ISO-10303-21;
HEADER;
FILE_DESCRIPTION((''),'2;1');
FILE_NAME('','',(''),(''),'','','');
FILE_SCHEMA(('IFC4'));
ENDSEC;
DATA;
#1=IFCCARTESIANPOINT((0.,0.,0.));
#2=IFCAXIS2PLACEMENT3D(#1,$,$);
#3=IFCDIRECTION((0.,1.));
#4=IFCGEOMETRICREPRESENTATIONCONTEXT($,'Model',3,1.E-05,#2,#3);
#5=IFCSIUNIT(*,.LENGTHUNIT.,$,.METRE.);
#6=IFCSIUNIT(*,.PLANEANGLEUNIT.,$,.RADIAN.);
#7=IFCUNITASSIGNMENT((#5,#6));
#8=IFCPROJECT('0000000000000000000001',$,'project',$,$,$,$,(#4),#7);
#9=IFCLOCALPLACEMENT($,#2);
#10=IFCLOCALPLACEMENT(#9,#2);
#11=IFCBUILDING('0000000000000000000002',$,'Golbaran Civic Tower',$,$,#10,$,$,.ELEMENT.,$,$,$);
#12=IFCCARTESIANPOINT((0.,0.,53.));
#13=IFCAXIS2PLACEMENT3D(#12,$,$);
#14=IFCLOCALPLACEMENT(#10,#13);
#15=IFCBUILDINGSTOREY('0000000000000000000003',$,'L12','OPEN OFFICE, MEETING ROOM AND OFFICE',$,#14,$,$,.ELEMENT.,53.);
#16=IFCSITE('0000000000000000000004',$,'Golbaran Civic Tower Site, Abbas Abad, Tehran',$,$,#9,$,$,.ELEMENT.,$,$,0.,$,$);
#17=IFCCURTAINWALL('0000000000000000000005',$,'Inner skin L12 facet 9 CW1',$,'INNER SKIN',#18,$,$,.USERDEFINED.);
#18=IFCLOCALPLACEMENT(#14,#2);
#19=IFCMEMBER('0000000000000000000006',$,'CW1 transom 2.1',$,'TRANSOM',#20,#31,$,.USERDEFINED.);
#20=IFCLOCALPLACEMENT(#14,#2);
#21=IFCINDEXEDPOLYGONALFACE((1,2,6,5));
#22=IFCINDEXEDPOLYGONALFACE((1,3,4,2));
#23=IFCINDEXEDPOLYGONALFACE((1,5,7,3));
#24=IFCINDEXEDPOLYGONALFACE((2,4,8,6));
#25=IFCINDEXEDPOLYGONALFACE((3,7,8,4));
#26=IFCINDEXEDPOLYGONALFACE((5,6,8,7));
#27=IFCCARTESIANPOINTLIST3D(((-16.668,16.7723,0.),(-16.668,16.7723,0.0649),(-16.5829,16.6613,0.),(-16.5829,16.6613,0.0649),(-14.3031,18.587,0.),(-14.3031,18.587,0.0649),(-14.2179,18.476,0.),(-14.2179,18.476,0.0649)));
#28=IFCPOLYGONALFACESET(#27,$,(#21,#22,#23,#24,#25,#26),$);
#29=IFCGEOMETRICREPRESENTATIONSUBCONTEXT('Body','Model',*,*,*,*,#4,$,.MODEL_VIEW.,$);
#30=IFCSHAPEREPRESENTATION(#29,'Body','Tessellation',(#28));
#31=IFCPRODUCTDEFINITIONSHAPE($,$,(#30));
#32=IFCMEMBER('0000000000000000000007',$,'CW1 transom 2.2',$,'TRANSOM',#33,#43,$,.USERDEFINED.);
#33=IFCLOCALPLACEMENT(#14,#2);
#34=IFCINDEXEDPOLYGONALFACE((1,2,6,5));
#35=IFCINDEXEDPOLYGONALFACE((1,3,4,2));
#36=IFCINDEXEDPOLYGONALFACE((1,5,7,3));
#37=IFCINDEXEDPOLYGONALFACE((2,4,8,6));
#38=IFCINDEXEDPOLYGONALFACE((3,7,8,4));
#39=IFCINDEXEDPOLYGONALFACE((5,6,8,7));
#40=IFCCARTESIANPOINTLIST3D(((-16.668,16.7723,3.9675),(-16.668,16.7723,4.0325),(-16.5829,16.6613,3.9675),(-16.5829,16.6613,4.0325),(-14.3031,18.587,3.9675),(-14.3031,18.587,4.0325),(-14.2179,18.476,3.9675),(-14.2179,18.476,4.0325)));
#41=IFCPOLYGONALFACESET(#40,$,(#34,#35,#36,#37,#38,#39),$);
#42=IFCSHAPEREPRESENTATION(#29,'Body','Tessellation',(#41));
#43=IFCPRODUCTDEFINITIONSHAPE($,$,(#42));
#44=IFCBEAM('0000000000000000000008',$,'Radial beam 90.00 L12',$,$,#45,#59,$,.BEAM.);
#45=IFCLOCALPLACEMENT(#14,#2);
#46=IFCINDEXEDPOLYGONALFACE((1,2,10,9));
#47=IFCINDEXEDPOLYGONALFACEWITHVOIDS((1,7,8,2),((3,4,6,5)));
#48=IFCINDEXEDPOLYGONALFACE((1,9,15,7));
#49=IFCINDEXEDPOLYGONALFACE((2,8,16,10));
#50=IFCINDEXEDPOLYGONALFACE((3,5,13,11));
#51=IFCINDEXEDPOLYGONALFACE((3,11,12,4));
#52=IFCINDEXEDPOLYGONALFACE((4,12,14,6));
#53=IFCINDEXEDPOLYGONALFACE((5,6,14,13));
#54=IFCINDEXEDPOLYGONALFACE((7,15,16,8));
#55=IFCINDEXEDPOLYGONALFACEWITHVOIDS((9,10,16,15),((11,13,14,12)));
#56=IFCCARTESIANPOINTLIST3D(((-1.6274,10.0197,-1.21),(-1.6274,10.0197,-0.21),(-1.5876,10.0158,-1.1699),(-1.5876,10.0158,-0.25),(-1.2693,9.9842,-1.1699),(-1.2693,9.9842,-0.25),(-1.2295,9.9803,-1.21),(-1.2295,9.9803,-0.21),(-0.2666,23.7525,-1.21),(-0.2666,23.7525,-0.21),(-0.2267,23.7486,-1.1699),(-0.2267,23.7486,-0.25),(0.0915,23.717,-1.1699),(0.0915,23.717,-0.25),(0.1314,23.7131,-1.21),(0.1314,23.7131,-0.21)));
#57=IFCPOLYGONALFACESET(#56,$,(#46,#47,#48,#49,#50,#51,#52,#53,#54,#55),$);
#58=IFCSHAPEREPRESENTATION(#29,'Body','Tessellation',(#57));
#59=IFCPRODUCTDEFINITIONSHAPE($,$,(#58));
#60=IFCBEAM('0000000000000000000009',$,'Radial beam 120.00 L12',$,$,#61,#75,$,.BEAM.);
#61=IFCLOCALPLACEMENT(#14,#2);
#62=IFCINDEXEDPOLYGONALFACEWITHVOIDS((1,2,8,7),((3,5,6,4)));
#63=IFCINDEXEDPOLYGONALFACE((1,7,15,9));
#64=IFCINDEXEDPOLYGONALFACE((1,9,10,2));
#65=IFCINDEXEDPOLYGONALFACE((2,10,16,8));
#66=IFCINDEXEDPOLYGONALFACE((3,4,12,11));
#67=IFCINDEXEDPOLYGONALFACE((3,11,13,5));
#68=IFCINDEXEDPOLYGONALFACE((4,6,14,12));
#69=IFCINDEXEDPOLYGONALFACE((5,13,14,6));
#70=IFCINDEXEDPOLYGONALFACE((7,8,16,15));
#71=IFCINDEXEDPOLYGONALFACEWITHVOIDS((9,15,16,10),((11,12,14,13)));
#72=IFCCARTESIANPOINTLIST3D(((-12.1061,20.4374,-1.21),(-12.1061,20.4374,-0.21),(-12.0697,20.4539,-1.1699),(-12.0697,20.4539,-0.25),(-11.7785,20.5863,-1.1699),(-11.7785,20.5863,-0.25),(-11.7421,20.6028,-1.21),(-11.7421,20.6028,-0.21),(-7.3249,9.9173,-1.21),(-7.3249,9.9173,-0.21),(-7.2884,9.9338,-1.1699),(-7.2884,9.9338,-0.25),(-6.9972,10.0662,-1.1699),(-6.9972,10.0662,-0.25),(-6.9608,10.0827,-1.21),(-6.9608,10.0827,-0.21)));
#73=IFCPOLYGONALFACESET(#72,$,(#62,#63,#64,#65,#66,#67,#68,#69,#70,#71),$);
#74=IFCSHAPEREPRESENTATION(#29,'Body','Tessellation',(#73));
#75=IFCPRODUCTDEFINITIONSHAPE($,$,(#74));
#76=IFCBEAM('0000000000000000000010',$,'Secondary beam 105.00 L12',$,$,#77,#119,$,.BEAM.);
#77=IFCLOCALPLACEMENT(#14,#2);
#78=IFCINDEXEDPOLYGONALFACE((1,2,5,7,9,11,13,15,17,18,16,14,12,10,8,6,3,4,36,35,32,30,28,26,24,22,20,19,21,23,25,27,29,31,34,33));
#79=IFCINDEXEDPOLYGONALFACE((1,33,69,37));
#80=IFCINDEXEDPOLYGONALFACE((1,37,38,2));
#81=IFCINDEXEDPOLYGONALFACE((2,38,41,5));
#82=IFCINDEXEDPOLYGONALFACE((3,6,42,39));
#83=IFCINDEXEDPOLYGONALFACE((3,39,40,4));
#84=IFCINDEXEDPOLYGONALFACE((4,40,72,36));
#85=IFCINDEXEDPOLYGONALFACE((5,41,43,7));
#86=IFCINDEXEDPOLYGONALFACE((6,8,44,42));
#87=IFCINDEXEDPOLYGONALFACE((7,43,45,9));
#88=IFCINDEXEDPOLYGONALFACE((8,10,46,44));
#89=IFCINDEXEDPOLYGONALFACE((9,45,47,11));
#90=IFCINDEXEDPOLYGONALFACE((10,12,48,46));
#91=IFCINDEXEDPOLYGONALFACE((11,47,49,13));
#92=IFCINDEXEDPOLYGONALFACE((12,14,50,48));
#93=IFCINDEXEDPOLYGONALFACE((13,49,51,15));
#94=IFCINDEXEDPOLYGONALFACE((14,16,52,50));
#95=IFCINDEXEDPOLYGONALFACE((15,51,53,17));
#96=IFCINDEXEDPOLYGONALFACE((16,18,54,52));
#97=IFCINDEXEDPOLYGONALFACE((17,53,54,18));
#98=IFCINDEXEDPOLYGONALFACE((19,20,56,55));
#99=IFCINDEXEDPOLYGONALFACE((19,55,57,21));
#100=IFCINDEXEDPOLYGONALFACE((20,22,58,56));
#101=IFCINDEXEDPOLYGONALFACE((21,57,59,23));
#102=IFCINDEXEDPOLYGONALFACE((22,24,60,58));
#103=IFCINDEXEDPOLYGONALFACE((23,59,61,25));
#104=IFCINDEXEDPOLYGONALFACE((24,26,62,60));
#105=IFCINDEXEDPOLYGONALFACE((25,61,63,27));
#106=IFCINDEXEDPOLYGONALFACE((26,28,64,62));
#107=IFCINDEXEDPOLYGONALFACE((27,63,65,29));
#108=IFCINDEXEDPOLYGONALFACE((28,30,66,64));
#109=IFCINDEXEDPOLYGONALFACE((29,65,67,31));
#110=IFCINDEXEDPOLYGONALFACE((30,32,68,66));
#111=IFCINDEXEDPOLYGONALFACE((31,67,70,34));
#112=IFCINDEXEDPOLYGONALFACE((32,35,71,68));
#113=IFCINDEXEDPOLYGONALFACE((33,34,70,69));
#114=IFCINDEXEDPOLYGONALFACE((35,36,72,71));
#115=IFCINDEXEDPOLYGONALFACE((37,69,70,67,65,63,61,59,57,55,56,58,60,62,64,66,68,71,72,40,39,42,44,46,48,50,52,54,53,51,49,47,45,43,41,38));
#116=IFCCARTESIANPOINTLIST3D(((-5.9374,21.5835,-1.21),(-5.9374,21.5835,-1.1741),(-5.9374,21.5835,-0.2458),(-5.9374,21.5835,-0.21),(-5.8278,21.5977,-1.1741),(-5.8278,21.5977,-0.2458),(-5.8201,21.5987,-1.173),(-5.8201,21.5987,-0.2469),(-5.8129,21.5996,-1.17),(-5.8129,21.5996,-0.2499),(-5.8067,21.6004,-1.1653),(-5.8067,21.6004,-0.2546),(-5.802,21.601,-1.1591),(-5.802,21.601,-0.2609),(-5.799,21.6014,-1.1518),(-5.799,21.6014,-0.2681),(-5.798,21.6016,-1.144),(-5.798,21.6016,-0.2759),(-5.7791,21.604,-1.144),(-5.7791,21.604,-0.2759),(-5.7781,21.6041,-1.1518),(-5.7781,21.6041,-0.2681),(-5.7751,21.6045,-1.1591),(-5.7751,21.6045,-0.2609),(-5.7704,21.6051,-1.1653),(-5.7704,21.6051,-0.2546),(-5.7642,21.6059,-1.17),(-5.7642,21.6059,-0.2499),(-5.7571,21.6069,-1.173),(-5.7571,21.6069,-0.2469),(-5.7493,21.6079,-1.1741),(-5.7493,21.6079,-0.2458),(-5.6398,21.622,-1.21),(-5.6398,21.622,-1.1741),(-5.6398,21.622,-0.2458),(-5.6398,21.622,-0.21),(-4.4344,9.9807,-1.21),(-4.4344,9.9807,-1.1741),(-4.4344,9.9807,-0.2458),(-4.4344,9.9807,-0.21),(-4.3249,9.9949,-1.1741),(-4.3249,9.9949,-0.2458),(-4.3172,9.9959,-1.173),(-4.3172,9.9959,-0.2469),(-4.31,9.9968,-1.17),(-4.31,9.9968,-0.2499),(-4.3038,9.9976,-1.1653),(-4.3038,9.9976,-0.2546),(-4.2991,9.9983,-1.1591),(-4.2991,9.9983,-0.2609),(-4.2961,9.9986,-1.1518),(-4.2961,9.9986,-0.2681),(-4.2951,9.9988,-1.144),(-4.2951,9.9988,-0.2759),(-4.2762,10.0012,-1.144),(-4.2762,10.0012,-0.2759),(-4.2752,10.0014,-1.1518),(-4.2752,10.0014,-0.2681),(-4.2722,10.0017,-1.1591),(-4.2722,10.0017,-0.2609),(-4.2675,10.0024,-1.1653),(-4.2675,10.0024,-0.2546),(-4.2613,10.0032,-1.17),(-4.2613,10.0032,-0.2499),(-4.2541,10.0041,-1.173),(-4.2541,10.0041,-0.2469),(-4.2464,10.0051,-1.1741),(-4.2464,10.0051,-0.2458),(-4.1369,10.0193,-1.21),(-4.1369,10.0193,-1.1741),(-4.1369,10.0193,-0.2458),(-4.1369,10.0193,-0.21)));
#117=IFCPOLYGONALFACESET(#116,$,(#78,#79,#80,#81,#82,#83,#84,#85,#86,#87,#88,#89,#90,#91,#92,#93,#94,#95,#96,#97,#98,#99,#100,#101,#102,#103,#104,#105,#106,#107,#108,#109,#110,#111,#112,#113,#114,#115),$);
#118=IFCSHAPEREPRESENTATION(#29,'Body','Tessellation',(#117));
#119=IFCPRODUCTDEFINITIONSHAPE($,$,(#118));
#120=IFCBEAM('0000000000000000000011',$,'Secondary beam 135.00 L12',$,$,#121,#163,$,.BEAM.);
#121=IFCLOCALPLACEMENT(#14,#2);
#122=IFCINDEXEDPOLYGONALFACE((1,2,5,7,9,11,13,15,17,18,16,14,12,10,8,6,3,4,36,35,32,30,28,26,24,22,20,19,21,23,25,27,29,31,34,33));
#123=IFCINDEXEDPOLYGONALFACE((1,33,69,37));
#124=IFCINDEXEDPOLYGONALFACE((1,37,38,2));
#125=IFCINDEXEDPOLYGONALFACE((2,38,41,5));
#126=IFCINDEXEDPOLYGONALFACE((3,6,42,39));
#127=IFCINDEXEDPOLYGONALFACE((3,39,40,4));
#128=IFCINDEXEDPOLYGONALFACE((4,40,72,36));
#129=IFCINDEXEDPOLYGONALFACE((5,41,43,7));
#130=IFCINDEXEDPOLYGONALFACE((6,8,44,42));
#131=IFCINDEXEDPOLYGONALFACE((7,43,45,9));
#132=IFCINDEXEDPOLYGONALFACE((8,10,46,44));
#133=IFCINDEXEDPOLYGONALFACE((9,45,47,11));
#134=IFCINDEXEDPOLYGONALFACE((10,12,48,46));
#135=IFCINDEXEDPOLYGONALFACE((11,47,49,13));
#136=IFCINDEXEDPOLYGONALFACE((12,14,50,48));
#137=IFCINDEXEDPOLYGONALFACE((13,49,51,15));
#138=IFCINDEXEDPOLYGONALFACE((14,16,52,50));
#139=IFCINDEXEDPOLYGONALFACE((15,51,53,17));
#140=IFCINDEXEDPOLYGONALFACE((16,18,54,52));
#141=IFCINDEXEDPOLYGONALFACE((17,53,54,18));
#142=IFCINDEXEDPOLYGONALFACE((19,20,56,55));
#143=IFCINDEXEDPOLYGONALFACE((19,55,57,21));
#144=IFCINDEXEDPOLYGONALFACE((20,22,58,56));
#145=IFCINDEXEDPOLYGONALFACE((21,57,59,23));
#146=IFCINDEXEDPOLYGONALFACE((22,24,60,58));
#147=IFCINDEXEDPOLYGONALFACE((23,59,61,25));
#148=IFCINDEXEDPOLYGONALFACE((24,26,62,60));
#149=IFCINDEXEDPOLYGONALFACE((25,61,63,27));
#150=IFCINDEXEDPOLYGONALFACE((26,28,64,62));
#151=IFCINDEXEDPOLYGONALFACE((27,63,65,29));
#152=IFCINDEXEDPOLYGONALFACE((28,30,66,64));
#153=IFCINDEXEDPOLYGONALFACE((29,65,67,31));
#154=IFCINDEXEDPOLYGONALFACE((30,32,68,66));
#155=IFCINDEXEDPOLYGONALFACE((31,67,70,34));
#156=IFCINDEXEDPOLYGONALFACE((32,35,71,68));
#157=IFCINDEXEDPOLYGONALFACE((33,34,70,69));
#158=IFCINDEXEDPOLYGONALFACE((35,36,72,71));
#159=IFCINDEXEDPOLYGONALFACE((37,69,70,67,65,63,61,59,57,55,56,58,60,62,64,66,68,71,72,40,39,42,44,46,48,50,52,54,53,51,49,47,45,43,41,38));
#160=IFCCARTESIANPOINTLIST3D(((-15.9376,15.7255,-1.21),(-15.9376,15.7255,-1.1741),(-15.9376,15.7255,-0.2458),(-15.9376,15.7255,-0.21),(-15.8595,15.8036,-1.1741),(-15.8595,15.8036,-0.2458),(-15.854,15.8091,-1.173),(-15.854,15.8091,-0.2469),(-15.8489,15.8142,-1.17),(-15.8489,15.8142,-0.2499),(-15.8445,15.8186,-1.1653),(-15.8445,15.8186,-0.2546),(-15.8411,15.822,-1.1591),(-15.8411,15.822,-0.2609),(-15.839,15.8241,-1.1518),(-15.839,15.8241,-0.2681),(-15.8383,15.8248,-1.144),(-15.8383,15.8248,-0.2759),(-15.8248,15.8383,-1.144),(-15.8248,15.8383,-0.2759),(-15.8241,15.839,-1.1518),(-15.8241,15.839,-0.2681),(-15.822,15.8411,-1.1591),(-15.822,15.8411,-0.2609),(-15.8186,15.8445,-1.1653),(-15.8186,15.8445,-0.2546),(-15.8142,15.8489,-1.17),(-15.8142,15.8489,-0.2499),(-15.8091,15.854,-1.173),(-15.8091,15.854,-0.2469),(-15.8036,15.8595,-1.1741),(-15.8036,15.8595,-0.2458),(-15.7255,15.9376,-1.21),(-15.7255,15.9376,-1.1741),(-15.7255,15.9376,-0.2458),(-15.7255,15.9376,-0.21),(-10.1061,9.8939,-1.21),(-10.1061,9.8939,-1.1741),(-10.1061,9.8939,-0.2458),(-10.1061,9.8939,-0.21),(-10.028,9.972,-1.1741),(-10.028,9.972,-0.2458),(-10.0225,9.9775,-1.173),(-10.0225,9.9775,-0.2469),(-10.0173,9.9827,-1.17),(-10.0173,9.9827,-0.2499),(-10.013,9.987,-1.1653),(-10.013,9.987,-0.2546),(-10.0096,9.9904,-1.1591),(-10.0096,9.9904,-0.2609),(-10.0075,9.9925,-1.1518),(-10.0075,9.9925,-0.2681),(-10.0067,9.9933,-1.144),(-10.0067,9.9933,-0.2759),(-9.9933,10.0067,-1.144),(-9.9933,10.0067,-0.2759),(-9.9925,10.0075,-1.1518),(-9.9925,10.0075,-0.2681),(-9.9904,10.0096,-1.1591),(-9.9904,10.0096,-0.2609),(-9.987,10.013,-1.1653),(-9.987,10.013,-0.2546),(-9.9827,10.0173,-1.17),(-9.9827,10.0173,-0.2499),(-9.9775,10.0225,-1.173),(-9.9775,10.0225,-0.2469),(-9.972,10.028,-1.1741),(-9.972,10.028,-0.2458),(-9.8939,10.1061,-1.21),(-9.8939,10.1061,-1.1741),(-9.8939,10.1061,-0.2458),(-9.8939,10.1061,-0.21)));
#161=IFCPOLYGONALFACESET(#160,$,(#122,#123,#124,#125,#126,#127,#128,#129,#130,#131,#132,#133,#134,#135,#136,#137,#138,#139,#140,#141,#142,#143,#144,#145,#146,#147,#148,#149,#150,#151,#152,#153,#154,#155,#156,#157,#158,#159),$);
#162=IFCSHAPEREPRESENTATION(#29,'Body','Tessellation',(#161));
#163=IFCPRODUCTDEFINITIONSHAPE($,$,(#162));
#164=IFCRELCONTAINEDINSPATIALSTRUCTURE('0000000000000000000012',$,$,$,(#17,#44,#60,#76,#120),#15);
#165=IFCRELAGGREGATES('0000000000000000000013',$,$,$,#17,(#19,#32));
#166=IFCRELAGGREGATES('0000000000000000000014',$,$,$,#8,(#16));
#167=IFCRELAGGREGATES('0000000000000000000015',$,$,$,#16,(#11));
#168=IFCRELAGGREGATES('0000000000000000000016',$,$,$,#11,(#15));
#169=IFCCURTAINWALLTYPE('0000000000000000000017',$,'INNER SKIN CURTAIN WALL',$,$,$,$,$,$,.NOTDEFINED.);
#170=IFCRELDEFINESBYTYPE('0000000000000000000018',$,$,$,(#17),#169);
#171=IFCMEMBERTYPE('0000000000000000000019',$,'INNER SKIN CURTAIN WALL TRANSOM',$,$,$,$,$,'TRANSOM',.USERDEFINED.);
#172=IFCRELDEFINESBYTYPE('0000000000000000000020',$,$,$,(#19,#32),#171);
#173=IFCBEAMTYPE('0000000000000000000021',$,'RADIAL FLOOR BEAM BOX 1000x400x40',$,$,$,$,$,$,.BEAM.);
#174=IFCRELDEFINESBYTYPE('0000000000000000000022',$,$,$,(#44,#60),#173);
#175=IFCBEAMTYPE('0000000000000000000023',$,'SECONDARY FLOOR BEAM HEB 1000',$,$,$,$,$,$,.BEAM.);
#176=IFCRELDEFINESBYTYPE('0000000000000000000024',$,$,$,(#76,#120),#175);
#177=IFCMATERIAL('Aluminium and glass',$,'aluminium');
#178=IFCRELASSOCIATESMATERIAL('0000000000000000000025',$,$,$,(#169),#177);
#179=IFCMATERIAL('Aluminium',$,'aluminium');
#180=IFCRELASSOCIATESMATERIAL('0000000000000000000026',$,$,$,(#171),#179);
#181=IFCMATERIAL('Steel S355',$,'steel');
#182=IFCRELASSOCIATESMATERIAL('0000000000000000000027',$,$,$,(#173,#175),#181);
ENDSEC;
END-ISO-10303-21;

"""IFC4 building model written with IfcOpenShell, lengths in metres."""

from ifc_helpers import new_model, si_unit, direction, frame, origin, origin_2d, place, context, subcontext, project, spatial, rectangle, hollow_rectangle, i_section, extrude, material, material_profile, profile_set, type_object, element, aggregate, save


model = new_model("IFC4")

# Units and contexts
model_context = context("Model", 3, precision=1e-05, world=origin(), true_north=direction((0.0, 1.0)))
body_context = subcontext(model_context, "Body", "Model", "MODEL_VIEW")
ifc_project = project(units=[si_unit("LENGTHUNIT", "METRE"), si_unit("PLANEANGLEUNIT", "RADIAN")], contexts=[model_context])

# Site, building, storey
site_placement = place(None, origin())
site = spatial("IfcSite", under=ifc_project, at=site_placement, Name="Golbaran Civic Tower Site, Abbas Abad, Tehran", CompositionType="ELEMENT", RefElevation=0.0)
building_placement = place(site_placement, origin())
building = spatial("IfcBuilding", under=site, at=building_placement, Name="Golbaran Civic Tower", CompositionType="ELEMENT")
storey_placement = place(building_placement, frame((0.0, 0.0, 53.0)))
storey = spatial("IfcBuildingStorey", under=building, at=storey_placement, Name="L12", Description="OPEN OFFICE, MEETING ROOM AND OFFICE", CompositionType="ELEMENT", Elevation=53.0)

# Shared definitions
ifc_material_1 = material(Name="Steel S355", Category="steel")

# Curtain wall, members
ifc_material_2 = material(Name="Aluminium and glass", Category="aluminium")
curtain_wall_type = type_object("IfcCurtainWallType", Name="INNER SKIN CURTAIN WALL", PredefinedType="NOTDEFINED", material=ifc_material_2)
curtain_wall_placement = place(storey_placement, origin())
curtain_wall = element("IfcCurtainWall", 1, at=curtain_wall_placement, inside=storey, type_object=curtain_wall_type, Name="Inner skin L12 facet 9 CW1", ObjectType="INNER SKIN", PredefinedType="USERDEFINED")
ifc_material_3 = material(Name="Aluminium", Category="aluminium")
ifc_material_profile_1 = material_profile(ifc_material_3, rectangle(XDim=0.1399, YDim=0.0649, at=origin_2d()), Name="INNER SKIN CURTAIN WALL TRANSOM")
ifc_profile_set_1 = profile_set([ifc_material_profile_1], Name="Aluminium")
member_type = type_object("IfcMemberType", Name="INNER SKIN CURTAIN WALL TRANSOM", ElementType="TRANSOM", PredefinedType="USERDEFINED", material=ifc_profile_set_1)
member_1_placement = place(storey_placement, frame((-14.2605, 18.5315, 0.0325), z_axis=(-0.793357, -0.608756, 0.0), x_axis=(0.608756, -0.793357, 0.0)))
member_1 = element("IfcMember", 2, at=member_1_placement, type_object=member_type, Name="CW1 transom 2.1", ObjectType="TRANSOM", PredefinedType="USERDEFINED", context=body_context, shape_type="SweptSolid", body=[
    extrude(rectangle(XDim=0.1399, YDim=0.0649, at=origin_2d()), origin(), (0.0, 0.0, 1.0), 2.981),
])
member_2_placement = place(storey_placement, frame((-14.2605, 18.5315, 4.0), z_axis=(-0.793357, -0.608756, 0.0), x_axis=(0.608756, -0.793357, 0.0)))
member_2 = element("IfcMember", 3, at=member_2_placement, type_object=member_type, Name="CW1 transom 2.2", ObjectType="TRANSOM", PredefinedType="USERDEFINED", context=body_context, shape_type="SweptSolid", body=[
    extrude(rectangle(XDim=0.1399, YDim=0.0649, at=origin_2d()), origin(), (0.0, 0.0, 1.0), 2.981),
])
aggregate(curtain_wall, [member_1, member_2])

# Beams
ifc_material_profile_2 = material_profile(ifc_material_1, hollow_rectangle(XDim=0.3999, YDim=1.0, WallThickness=0.04, at=origin_2d()), Name="BOX 1000x400x40")
ifc_profile_set_2 = profile_set([ifc_material_profile_2], Name="Steel S355")
beam_type_1 = type_object("IfcBeamType", Name="RADIAL FLOOR BEAM BOX 1000x400x40", PredefinedType="BEAM", material=ifc_profile_set_2)
beam_1_placement = place(storey_placement, frame((-1.4285, 10.0, -0.71), z_axis=(0.098612, 0.995126, 0.0), x_axis=(-0.995126, 0.098612, 0.0)))
element("IfcBeam", 4, at=beam_1_placement, inside=storey, type_object=beam_type_1, Name="Radial beam 90.00 L12", PredefinedType="BEAM", context=body_context, shape_type="SweptSolid", body=[
    extrude(hollow_rectangle(XDim=0.3999, YDim=1.0, WallThickness=0.04, at=origin_2d()), origin(), (0.0, 0.0, 1.0), 13.8),
])
beam_2_placement = place(storey_placement, frame((-7.1428, 10.0, -0.71), z_axis=(-0.413762, 0.910385, 0.0), x_axis=(-0.910385, -0.413762, 0.0)))
element("IfcBeam", 5, at=beam_2_placement, inside=storey, type_object=beam_type_1, Name="Radial beam 120.00 L12", PredefinedType="BEAM", context=body_context, shape_type="SweptSolid", body=[
    extrude(hollow_rectangle(XDim=0.3999, YDim=1.0, WallThickness=0.04, at=origin_2d()), origin(), (0.0, 0.0, 1.0), 11.5557),
])
ifc_material_profile_3 = material_profile(ifc_material_1, i_section(OverallWidth=0.3, OverallDepth=1.0, WebThickness=0.019, FlangeThickness=0.0359, FilletRadius=0.03, at=origin_2d()), Name="HEB 1000")
ifc_profile_set_3 = profile_set([ifc_material_profile_3], Name="Steel S355")
beam_type_2 = type_object("IfcBeamType", Name="SECONDARY FLOOR BEAM HEB 1000", PredefinedType="BEAM", material=ifc_profile_set_3)
beam_3_placement = place(storey_placement, frame((-4.2856, 10.0, -0.71), z_axis=(-0.128459, 0.991715, 0.0), x_axis=(-0.991715, -0.128459, 0.0)))
element("IfcBeam", 6, at=beam_3_placement, inside=storey, type_object=beam_type_2, Name="Secondary beam 105.00 L12", PredefinedType="BEAM", context=body_context, shape_type="SweptSolid", body=[
    extrude(i_section(OverallWidth=0.3, OverallDepth=1.0, WebThickness=0.019, FlangeThickness=0.0359, FilletRadius=0.03, at=origin_2d()), origin(), (0.0, 0.0, 1.0), 11.6997),
])
beam_4_placement = place(storey_placement, frame((-10.0, 10.0, -0.71), z_axis=(-0.707107, 0.707107, 0.0), x_axis=(-0.707107, -0.707107, 0.0)))
element("IfcBeam", 7, at=beam_4_placement, inside=storey, type_object=beam_type_2, Name="Secondary beam 135.00 L12", PredefinedType="BEAM", context=body_context, shape_type="SweptSolid", body=[
    extrude(i_section(OverallWidth=0.3, OverallDepth=1.0, WebThickness=0.019, FlangeThickness=0.0359, FilletRadius=0.03, at=origin_2d()), origin(), (0.0, 0.0, 1.0), 8.2471),
])

save(model, "model.ifc")
